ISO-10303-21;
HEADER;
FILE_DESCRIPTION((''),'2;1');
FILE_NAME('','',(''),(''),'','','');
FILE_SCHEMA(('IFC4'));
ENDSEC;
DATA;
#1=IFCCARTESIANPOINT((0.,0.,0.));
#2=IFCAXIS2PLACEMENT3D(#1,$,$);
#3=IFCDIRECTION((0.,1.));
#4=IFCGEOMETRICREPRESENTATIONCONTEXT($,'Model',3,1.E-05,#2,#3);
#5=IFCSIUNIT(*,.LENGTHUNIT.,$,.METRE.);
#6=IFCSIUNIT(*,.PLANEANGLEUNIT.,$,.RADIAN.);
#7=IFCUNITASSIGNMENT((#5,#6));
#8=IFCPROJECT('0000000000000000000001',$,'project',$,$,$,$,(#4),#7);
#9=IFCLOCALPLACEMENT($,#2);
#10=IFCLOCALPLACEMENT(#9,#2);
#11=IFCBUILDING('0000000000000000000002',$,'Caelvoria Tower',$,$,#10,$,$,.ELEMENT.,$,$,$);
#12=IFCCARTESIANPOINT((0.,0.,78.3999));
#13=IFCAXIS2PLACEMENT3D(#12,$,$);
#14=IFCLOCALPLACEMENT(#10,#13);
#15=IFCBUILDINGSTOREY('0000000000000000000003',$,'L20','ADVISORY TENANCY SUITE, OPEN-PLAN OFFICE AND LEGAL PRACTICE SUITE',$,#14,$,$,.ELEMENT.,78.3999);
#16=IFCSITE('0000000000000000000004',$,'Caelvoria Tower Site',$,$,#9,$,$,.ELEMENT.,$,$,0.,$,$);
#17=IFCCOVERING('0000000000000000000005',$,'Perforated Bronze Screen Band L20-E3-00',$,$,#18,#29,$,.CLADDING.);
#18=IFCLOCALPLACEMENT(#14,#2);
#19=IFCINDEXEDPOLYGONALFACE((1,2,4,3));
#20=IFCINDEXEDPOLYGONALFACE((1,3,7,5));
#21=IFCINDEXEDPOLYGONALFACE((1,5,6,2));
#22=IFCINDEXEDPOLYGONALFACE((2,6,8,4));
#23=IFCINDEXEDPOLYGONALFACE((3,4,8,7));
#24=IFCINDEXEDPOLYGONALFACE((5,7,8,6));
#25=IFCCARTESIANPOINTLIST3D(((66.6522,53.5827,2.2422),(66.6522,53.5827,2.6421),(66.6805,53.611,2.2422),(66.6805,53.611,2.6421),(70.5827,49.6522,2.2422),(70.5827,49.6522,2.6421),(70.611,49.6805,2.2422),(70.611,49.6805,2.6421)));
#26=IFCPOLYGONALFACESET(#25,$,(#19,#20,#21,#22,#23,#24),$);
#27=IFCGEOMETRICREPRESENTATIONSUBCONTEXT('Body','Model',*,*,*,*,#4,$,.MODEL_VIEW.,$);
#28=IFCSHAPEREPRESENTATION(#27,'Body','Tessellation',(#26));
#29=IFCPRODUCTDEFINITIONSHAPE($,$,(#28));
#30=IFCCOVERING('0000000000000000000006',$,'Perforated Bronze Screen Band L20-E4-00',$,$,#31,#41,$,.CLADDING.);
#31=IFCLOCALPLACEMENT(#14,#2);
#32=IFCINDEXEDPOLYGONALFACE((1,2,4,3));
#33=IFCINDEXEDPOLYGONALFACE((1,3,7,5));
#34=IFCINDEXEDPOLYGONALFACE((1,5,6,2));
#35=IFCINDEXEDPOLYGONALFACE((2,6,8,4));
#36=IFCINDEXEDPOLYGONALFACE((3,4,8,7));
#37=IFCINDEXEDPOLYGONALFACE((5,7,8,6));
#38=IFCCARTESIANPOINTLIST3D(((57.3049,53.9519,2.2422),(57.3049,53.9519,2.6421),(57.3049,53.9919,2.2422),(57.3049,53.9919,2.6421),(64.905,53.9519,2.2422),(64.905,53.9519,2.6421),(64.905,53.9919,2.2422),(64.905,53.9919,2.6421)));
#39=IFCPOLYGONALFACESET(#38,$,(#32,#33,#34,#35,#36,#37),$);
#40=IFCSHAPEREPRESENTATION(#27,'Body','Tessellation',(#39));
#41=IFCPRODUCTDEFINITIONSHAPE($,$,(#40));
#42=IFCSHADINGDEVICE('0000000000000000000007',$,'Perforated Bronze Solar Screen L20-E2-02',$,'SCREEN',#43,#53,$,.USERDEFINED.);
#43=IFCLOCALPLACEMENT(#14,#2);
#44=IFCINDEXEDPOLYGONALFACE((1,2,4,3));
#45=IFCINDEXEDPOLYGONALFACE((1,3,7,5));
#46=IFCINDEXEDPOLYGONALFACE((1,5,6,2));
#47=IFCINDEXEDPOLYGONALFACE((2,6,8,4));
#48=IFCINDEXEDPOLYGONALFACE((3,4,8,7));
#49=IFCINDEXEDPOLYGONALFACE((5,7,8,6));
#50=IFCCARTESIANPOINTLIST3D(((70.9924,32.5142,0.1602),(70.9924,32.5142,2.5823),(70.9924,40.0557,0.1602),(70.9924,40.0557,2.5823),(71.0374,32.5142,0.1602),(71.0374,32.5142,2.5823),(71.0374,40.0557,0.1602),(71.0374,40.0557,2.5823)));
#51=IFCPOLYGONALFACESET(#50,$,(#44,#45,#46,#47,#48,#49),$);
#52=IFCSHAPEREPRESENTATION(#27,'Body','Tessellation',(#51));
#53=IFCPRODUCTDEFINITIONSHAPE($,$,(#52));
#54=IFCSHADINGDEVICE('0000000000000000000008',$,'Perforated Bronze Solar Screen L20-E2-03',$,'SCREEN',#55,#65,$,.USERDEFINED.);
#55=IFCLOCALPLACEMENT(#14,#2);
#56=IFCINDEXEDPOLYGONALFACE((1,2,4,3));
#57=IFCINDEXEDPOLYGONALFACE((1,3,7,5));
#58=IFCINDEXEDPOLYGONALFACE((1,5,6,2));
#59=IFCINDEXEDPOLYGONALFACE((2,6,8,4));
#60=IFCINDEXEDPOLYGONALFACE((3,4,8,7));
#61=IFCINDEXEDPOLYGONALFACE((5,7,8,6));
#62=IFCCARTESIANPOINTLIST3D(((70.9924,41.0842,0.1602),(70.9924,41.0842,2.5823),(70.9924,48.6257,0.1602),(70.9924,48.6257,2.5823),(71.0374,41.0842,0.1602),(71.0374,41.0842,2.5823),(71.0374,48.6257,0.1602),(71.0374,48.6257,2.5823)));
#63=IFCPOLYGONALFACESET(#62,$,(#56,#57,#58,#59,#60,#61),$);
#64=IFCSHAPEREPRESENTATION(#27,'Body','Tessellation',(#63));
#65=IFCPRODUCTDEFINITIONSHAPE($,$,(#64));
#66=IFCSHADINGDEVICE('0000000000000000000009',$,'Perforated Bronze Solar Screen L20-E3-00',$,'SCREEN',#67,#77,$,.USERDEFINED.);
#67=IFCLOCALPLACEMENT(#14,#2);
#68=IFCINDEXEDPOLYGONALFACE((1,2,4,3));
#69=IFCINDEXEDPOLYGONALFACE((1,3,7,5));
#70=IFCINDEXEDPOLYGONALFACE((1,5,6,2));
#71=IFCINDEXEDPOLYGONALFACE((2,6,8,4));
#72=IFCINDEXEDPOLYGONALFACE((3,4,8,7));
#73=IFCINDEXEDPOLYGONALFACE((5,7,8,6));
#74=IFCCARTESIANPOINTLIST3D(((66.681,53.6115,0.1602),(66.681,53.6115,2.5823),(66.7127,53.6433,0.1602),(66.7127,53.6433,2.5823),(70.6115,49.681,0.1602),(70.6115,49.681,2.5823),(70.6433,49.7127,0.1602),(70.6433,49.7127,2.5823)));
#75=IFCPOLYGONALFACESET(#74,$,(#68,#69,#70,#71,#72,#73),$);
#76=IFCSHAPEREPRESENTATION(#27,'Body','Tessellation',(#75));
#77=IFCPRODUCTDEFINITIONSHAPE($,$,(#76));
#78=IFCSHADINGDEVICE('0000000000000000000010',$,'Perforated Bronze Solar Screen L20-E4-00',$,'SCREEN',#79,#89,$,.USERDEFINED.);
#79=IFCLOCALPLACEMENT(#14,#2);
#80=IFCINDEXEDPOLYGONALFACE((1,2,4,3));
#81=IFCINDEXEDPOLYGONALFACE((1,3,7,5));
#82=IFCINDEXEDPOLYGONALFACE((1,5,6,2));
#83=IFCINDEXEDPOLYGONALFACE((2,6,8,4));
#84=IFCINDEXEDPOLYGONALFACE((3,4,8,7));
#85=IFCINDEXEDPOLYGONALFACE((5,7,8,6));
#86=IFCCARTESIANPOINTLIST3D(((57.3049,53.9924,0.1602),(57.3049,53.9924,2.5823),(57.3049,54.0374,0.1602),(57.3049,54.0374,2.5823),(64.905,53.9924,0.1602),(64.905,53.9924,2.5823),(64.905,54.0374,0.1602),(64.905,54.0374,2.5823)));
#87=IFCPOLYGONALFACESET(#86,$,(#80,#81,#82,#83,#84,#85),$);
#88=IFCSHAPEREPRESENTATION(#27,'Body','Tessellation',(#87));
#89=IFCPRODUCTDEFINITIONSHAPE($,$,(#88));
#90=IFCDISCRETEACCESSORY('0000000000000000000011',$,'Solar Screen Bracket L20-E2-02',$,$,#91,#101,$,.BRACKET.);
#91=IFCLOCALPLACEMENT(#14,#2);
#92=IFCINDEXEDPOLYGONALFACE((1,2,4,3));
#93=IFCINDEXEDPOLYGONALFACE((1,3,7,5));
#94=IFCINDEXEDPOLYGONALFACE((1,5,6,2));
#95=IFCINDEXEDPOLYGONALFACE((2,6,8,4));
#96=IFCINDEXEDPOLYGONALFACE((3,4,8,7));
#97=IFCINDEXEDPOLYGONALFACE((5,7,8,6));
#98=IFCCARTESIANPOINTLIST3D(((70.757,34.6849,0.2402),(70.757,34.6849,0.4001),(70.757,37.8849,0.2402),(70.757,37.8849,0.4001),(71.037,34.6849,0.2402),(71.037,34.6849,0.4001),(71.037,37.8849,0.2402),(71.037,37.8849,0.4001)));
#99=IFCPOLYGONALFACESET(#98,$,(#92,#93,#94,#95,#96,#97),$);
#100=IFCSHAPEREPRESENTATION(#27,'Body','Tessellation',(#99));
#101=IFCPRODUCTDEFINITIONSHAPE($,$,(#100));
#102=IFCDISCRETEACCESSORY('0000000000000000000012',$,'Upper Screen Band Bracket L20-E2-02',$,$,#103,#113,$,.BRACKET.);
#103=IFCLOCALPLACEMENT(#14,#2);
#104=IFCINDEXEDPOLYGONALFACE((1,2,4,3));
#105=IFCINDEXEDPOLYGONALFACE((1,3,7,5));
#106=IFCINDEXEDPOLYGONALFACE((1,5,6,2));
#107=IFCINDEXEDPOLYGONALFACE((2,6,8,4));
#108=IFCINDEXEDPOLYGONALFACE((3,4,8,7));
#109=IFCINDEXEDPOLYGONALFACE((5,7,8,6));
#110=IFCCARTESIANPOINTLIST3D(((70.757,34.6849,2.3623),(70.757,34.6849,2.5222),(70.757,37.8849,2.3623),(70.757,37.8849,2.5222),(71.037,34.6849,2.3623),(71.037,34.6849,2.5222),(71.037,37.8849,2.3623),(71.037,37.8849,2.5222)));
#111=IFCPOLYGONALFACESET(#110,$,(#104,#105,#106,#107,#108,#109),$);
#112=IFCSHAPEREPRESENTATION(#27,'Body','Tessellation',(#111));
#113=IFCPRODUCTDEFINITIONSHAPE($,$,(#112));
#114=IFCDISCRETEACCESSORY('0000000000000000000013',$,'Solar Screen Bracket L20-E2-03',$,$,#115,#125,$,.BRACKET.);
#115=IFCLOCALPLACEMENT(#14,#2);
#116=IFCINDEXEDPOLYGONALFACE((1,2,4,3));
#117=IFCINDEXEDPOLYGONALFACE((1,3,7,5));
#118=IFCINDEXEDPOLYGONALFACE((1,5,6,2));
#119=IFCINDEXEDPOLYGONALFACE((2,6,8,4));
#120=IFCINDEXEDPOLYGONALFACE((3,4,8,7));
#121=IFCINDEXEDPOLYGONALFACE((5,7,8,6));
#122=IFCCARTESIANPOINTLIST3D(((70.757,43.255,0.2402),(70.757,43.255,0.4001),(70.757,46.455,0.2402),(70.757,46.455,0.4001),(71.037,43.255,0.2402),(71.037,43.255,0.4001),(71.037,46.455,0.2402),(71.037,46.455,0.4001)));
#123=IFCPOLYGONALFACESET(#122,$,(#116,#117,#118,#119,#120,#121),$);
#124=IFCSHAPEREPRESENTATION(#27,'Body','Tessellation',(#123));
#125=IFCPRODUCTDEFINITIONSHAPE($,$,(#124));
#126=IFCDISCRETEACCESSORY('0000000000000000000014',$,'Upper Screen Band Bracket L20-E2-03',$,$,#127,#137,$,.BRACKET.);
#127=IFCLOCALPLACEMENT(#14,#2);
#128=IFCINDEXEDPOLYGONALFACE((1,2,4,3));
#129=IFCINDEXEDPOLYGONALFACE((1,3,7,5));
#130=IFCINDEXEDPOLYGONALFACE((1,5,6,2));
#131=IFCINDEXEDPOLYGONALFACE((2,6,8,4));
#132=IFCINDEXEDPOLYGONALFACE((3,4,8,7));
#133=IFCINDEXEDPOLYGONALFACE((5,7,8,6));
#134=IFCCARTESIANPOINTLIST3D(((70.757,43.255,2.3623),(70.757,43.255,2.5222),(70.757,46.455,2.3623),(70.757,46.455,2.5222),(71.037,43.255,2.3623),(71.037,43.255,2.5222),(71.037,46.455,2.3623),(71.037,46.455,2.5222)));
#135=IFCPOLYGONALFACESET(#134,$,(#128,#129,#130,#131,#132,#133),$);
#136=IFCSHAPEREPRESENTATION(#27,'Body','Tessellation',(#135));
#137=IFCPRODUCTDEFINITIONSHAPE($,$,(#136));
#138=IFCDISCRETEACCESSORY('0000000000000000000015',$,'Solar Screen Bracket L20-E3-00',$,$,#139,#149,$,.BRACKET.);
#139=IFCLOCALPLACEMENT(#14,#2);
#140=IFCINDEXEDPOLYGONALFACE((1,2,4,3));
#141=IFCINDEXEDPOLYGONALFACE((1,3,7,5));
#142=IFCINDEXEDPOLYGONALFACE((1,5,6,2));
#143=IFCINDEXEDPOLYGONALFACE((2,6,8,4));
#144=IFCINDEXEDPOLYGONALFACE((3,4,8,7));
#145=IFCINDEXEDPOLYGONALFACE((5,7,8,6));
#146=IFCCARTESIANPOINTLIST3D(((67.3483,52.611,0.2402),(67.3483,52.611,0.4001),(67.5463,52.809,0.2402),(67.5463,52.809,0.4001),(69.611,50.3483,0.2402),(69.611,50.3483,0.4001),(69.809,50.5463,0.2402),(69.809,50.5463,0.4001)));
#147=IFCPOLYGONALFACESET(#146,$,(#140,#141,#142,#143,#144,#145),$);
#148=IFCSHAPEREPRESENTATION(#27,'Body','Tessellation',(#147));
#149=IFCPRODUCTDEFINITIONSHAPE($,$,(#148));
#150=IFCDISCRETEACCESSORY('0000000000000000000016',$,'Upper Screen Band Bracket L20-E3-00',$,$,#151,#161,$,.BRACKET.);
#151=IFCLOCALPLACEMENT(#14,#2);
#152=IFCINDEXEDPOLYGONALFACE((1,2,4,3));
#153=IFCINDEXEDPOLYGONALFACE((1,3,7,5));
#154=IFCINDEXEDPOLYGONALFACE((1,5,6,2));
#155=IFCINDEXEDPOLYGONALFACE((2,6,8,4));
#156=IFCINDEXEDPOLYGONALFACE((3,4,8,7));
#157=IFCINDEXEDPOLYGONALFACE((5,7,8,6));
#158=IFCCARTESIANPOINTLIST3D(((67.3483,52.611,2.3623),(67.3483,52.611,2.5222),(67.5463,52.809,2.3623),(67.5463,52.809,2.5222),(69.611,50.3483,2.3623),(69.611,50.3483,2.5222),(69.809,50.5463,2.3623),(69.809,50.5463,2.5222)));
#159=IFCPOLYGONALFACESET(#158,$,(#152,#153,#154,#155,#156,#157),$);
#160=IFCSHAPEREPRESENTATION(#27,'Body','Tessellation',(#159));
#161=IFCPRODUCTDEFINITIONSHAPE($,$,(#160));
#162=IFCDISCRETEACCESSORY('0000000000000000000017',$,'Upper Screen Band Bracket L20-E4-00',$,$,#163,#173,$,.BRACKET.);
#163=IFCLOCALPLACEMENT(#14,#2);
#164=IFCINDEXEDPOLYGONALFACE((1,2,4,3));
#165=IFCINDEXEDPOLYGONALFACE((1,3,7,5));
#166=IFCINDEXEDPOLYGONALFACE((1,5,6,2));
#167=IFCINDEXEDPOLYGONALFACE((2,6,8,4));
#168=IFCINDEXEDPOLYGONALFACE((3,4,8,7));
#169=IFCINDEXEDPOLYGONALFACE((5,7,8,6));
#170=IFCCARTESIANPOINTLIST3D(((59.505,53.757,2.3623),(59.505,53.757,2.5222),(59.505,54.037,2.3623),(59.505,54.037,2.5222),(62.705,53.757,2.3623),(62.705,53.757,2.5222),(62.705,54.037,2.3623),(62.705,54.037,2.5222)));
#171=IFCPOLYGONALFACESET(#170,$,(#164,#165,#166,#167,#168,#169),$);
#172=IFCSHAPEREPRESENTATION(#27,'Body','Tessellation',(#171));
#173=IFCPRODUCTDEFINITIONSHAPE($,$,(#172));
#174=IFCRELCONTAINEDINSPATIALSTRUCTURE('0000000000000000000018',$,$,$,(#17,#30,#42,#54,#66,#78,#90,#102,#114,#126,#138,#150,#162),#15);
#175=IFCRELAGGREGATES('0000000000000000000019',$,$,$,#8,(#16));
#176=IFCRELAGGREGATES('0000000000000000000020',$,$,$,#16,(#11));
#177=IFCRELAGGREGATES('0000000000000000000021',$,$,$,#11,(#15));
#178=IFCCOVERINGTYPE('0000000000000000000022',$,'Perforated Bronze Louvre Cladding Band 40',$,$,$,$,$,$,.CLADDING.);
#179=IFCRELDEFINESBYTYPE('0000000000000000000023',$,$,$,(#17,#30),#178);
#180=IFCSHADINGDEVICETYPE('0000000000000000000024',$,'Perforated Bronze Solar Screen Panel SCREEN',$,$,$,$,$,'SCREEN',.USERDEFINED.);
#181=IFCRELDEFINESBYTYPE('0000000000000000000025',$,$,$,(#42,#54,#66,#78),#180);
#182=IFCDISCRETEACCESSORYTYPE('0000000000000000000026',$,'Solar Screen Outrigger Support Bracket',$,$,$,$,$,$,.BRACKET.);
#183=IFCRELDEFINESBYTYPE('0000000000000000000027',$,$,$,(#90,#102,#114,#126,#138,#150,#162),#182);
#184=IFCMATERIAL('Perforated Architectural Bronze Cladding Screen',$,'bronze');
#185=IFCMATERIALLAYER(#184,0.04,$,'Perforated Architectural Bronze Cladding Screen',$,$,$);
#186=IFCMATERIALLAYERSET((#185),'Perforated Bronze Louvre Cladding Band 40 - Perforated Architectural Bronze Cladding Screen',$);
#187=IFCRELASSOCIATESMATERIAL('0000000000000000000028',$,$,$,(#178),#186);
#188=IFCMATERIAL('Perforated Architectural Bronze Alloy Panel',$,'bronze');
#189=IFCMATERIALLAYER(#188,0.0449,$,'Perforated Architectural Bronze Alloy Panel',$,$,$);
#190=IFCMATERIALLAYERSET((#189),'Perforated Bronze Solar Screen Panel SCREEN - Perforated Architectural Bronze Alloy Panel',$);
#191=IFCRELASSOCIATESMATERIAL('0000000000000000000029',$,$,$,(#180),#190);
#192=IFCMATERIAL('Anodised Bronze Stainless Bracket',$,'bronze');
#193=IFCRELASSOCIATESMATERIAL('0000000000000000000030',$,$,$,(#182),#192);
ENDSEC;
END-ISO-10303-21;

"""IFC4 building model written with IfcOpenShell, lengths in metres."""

from ifc_helpers import new_model, si_unit, direction, frame, origin, origin_2d, place, context, subcontext, project, spatial, rectangle, extrude, material, layer, layer_set, type_object, element, save


model = new_model("IFC4")

# Units and contexts
model_context = context("Model", 3, precision=1e-05, world=origin(), true_north=direction((0.0, 1.0)))
body_context = subcontext(model_context, "Body", "Model", "MODEL_VIEW")
ifc_project = project(units=[si_unit("LENGTHUNIT", "METRE"), si_unit("PLANEANGLEUNIT", "RADIAN")], contexts=[model_context])

# Site, building, storey
site_placement = place(None, origin())
site = spatial("IfcSite", under=ifc_project, at=site_placement, Name="Caelvoria Tower Site", CompositionType="ELEMENT", RefElevation=0.0)
building_placement = place(site_placement, origin())
building = spatial("IfcBuilding", under=site, at=building_placement, Name="Caelvoria Tower", CompositionType="ELEMENT")
storey_placement = place(building_placement, frame((0.0, 0.0, 78.3999)))
storey = spatial("IfcBuildingStorey", under=building, at=storey_placement, Name="L20", Description="ADVISORY TENANCY SUITE, OPEN-PLAN OFFICE AND LEGAL PRACTICE SUITE", CompositionType="ELEMENT", Elevation=78.3999)

# Coverings
ifc_material_1 = material(Name="Perforated Architectural Bronze Cladding Screen", Category="bronze")
ifc_layer_1 = layer(ifc_material_1, 0.04, Name="Perforated Architectural Bronze Cladding Screen")
ifc_layer_set_1 = layer_set([ifc_layer_1], Name="Perforated Bronze Louvre Cladding Band 40 - Perforated Architectural Bronze Cladding Screen")
covering_type = type_object("IfcCoveringType", Name="Perforated Bronze Louvre Cladding Band 40", PredefinedType="CLADDING", material=ifc_layer_set_1)
covering_1_placement = place(storey_placement, frame((68.6316, 51.6316, 2.2422), z_axis=(0.0, 0.0, 1.0), x_axis=(-0.707107, 0.707107, 0.0)))
element("IfcCovering", 1, at=covering_1_placement, inside=storey, type_object=covering_type, Name="Perforated Bronze Screen Band L20-E3-00", PredefinedType="CLADDING", context=body_context, shape_type="SweptSolid", body=[
    extrude(rectangle(XDim=5.5586, YDim=0.04, at=origin_2d()), origin(), (0.0, 0.0, 1.0), 0.3999),
])
covering_2_placement = place(storey_placement, frame((61.105, 53.9719, 2.2422), z_axis=(0.0, 0.0, 1.0), x_axis=(-1.0, 0.0, 0.0)))
element("IfcCovering", 2, at=covering_2_placement, inside=storey, type_object=covering_type, Name="Perforated Bronze Screen Band L20-E4-00", PredefinedType="CLADDING", context=body_context, shape_type="SweptSolid", body=[
    extrude(rectangle(XDim=7.6001, YDim=0.04, at=origin_2d()), origin(), (0.0, 0.0, 1.0), 0.3999),
])

# Shading devices
ifc_material_2 = material(Name="Perforated Architectural Bronze Alloy Panel", Category="bronze")
ifc_layer_2 = layer(ifc_material_2, 0.0449, Name="Perforated Architectural Bronze Alloy Panel")
ifc_layer_set_2 = layer_set([ifc_layer_2], Name="Perforated Bronze Solar Screen Panel SCREEN - Perforated Architectural Bronze Alloy Panel")
shading_device_type = type_object("IfcShadingDeviceType", Name="Perforated Bronze Solar Screen Panel SCREEN", ElementType="SCREEN", PredefinedType="USERDEFINED", material=ifc_layer_set_2)
for number, where, z_axis, x_axis, name in (
    (3, (71.0149, 36.2849, 0.1602), (0.0, 0.0, 1.0), (0.0, 1.0, 0.0), "Perforated Bronze Solar Screen L20-E2-02"),
    (4, (71.0149, 44.855, 0.1602), (0.0, 0.0, 1.0), (0.0, 1.0, 0.0), "Perforated Bronze Solar Screen L20-E2-03"),
):
    element("IfcShadingDevice", number, at=place(storey_placement, frame(where, z_axis=z_axis, x_axis=x_axis)), inside=storey, type_object=shading_device_type, Name=name, ObjectType="SCREEN", PredefinedType="USERDEFINED", context=body_context, shape_type="SweptSolid", body=[
        extrude(rectangle(XDim=7.5415, YDim=0.0449, at=origin_2d()), origin(), (0.0, 0.0, 1.0), 2.4221),
    ])
shading_device_1_placement = place(storey_placement, frame((68.6621, 51.6621, 0.1602), z_axis=(0.0, 0.0, 1.0), x_axis=(-0.707107, 0.707107, 0.0)))
element("IfcShadingDevice", 5, at=shading_device_1_placement, inside=storey, type_object=shading_device_type, Name="Perforated Bronze Solar Screen L20-E3-00", ObjectType="SCREEN", PredefinedType="USERDEFINED", context=body_context, shape_type="SweptSolid", body=[
    extrude(rectangle(XDim=5.5586, YDim=0.0449, at=origin_2d()), origin(), (0.0, 0.0, 1.0), 2.4221),
])
shading_device_2_placement = place(storey_placement, frame((61.105, 54.0149, 0.1602), z_axis=(0.0, 0.0, 1.0), x_axis=(-1.0, 0.0, 0.0)))
element("IfcShadingDevice", 6, at=shading_device_2_placement, inside=storey, type_object=shading_device_type, Name="Perforated Bronze Solar Screen L20-E4-00", ObjectType="SCREEN", PredefinedType="USERDEFINED", context=body_context, shape_type="SweptSolid", body=[
    extrude(rectangle(XDim=7.6001, YDim=0.0449, at=origin_2d()), origin(), (0.0, 0.0, 1.0), 2.4221),
])

# Discrete accessories
ifc_material_3 = material(Name="Anodised Bronze Stainless Bracket", Category="bronze")
discrete_accessory_type = type_object("IfcDiscreteAccessoryType", Name="Solar Screen Outrigger Support Bracket", PredefinedType="BRACKET", material=ifc_material_3)
for number, where, z_axis, x_axis, name in (
    (7, (70.897, 36.2849, 0.2402), (0.0, 0.0, 1.0), (0.0, 1.0, 0.0), "Solar Screen Bracket L20-E2-02"),
    (8, (70.897, 36.2849, 2.3623), (0.0, 0.0, 1.0), (0.0, 1.0, 0.0), "Upper Screen Band Bracket L20-E2-02"),
    (9, (70.897, 44.855, 0.2402), (0.0, 0.0, 1.0), (0.0, 1.0, 0.0), "Solar Screen Bracket L20-E2-03"),
    (10, (70.897, 44.855, 2.3623), (0.0, 0.0, 1.0), (0.0, 1.0, 0.0), "Upper Screen Band Bracket L20-E2-03"),
    (11, (68.5786, 51.5786, 0.2402), (0.0, 0.0, 1.0), (-0.707107, 0.707107, 0.0), "Solar Screen Bracket L20-E3-00"),
    (12, (68.5786, 51.5786, 2.3623), (0.0, 0.0, 1.0), (-0.707107, 0.707107, 0.0), "Upper Screen Band Bracket L20-E3-00"),
    (13, (61.105, 53.897, 2.3623), (0.0, 0.0, 1.0), (-1.0, 0.0, 0.0), "Upper Screen Band Bracket L20-E4-00"),
):
    element("IfcDiscreteAccessory", number, at=place(storey_placement, frame(where, z_axis=z_axis, x_axis=x_axis)), inside=storey, type_object=discrete_accessory_type, Name=name, PredefinedType="BRACKET", context=body_context, shape_type="SweptSolid", body=[
        extrude(rectangle(XDim=3.2, YDim=0.28, at=origin_2d()), origin(), (0.0, 0.0, 1.0), 0.1599),
    ])

save(model, "model.ifc")
